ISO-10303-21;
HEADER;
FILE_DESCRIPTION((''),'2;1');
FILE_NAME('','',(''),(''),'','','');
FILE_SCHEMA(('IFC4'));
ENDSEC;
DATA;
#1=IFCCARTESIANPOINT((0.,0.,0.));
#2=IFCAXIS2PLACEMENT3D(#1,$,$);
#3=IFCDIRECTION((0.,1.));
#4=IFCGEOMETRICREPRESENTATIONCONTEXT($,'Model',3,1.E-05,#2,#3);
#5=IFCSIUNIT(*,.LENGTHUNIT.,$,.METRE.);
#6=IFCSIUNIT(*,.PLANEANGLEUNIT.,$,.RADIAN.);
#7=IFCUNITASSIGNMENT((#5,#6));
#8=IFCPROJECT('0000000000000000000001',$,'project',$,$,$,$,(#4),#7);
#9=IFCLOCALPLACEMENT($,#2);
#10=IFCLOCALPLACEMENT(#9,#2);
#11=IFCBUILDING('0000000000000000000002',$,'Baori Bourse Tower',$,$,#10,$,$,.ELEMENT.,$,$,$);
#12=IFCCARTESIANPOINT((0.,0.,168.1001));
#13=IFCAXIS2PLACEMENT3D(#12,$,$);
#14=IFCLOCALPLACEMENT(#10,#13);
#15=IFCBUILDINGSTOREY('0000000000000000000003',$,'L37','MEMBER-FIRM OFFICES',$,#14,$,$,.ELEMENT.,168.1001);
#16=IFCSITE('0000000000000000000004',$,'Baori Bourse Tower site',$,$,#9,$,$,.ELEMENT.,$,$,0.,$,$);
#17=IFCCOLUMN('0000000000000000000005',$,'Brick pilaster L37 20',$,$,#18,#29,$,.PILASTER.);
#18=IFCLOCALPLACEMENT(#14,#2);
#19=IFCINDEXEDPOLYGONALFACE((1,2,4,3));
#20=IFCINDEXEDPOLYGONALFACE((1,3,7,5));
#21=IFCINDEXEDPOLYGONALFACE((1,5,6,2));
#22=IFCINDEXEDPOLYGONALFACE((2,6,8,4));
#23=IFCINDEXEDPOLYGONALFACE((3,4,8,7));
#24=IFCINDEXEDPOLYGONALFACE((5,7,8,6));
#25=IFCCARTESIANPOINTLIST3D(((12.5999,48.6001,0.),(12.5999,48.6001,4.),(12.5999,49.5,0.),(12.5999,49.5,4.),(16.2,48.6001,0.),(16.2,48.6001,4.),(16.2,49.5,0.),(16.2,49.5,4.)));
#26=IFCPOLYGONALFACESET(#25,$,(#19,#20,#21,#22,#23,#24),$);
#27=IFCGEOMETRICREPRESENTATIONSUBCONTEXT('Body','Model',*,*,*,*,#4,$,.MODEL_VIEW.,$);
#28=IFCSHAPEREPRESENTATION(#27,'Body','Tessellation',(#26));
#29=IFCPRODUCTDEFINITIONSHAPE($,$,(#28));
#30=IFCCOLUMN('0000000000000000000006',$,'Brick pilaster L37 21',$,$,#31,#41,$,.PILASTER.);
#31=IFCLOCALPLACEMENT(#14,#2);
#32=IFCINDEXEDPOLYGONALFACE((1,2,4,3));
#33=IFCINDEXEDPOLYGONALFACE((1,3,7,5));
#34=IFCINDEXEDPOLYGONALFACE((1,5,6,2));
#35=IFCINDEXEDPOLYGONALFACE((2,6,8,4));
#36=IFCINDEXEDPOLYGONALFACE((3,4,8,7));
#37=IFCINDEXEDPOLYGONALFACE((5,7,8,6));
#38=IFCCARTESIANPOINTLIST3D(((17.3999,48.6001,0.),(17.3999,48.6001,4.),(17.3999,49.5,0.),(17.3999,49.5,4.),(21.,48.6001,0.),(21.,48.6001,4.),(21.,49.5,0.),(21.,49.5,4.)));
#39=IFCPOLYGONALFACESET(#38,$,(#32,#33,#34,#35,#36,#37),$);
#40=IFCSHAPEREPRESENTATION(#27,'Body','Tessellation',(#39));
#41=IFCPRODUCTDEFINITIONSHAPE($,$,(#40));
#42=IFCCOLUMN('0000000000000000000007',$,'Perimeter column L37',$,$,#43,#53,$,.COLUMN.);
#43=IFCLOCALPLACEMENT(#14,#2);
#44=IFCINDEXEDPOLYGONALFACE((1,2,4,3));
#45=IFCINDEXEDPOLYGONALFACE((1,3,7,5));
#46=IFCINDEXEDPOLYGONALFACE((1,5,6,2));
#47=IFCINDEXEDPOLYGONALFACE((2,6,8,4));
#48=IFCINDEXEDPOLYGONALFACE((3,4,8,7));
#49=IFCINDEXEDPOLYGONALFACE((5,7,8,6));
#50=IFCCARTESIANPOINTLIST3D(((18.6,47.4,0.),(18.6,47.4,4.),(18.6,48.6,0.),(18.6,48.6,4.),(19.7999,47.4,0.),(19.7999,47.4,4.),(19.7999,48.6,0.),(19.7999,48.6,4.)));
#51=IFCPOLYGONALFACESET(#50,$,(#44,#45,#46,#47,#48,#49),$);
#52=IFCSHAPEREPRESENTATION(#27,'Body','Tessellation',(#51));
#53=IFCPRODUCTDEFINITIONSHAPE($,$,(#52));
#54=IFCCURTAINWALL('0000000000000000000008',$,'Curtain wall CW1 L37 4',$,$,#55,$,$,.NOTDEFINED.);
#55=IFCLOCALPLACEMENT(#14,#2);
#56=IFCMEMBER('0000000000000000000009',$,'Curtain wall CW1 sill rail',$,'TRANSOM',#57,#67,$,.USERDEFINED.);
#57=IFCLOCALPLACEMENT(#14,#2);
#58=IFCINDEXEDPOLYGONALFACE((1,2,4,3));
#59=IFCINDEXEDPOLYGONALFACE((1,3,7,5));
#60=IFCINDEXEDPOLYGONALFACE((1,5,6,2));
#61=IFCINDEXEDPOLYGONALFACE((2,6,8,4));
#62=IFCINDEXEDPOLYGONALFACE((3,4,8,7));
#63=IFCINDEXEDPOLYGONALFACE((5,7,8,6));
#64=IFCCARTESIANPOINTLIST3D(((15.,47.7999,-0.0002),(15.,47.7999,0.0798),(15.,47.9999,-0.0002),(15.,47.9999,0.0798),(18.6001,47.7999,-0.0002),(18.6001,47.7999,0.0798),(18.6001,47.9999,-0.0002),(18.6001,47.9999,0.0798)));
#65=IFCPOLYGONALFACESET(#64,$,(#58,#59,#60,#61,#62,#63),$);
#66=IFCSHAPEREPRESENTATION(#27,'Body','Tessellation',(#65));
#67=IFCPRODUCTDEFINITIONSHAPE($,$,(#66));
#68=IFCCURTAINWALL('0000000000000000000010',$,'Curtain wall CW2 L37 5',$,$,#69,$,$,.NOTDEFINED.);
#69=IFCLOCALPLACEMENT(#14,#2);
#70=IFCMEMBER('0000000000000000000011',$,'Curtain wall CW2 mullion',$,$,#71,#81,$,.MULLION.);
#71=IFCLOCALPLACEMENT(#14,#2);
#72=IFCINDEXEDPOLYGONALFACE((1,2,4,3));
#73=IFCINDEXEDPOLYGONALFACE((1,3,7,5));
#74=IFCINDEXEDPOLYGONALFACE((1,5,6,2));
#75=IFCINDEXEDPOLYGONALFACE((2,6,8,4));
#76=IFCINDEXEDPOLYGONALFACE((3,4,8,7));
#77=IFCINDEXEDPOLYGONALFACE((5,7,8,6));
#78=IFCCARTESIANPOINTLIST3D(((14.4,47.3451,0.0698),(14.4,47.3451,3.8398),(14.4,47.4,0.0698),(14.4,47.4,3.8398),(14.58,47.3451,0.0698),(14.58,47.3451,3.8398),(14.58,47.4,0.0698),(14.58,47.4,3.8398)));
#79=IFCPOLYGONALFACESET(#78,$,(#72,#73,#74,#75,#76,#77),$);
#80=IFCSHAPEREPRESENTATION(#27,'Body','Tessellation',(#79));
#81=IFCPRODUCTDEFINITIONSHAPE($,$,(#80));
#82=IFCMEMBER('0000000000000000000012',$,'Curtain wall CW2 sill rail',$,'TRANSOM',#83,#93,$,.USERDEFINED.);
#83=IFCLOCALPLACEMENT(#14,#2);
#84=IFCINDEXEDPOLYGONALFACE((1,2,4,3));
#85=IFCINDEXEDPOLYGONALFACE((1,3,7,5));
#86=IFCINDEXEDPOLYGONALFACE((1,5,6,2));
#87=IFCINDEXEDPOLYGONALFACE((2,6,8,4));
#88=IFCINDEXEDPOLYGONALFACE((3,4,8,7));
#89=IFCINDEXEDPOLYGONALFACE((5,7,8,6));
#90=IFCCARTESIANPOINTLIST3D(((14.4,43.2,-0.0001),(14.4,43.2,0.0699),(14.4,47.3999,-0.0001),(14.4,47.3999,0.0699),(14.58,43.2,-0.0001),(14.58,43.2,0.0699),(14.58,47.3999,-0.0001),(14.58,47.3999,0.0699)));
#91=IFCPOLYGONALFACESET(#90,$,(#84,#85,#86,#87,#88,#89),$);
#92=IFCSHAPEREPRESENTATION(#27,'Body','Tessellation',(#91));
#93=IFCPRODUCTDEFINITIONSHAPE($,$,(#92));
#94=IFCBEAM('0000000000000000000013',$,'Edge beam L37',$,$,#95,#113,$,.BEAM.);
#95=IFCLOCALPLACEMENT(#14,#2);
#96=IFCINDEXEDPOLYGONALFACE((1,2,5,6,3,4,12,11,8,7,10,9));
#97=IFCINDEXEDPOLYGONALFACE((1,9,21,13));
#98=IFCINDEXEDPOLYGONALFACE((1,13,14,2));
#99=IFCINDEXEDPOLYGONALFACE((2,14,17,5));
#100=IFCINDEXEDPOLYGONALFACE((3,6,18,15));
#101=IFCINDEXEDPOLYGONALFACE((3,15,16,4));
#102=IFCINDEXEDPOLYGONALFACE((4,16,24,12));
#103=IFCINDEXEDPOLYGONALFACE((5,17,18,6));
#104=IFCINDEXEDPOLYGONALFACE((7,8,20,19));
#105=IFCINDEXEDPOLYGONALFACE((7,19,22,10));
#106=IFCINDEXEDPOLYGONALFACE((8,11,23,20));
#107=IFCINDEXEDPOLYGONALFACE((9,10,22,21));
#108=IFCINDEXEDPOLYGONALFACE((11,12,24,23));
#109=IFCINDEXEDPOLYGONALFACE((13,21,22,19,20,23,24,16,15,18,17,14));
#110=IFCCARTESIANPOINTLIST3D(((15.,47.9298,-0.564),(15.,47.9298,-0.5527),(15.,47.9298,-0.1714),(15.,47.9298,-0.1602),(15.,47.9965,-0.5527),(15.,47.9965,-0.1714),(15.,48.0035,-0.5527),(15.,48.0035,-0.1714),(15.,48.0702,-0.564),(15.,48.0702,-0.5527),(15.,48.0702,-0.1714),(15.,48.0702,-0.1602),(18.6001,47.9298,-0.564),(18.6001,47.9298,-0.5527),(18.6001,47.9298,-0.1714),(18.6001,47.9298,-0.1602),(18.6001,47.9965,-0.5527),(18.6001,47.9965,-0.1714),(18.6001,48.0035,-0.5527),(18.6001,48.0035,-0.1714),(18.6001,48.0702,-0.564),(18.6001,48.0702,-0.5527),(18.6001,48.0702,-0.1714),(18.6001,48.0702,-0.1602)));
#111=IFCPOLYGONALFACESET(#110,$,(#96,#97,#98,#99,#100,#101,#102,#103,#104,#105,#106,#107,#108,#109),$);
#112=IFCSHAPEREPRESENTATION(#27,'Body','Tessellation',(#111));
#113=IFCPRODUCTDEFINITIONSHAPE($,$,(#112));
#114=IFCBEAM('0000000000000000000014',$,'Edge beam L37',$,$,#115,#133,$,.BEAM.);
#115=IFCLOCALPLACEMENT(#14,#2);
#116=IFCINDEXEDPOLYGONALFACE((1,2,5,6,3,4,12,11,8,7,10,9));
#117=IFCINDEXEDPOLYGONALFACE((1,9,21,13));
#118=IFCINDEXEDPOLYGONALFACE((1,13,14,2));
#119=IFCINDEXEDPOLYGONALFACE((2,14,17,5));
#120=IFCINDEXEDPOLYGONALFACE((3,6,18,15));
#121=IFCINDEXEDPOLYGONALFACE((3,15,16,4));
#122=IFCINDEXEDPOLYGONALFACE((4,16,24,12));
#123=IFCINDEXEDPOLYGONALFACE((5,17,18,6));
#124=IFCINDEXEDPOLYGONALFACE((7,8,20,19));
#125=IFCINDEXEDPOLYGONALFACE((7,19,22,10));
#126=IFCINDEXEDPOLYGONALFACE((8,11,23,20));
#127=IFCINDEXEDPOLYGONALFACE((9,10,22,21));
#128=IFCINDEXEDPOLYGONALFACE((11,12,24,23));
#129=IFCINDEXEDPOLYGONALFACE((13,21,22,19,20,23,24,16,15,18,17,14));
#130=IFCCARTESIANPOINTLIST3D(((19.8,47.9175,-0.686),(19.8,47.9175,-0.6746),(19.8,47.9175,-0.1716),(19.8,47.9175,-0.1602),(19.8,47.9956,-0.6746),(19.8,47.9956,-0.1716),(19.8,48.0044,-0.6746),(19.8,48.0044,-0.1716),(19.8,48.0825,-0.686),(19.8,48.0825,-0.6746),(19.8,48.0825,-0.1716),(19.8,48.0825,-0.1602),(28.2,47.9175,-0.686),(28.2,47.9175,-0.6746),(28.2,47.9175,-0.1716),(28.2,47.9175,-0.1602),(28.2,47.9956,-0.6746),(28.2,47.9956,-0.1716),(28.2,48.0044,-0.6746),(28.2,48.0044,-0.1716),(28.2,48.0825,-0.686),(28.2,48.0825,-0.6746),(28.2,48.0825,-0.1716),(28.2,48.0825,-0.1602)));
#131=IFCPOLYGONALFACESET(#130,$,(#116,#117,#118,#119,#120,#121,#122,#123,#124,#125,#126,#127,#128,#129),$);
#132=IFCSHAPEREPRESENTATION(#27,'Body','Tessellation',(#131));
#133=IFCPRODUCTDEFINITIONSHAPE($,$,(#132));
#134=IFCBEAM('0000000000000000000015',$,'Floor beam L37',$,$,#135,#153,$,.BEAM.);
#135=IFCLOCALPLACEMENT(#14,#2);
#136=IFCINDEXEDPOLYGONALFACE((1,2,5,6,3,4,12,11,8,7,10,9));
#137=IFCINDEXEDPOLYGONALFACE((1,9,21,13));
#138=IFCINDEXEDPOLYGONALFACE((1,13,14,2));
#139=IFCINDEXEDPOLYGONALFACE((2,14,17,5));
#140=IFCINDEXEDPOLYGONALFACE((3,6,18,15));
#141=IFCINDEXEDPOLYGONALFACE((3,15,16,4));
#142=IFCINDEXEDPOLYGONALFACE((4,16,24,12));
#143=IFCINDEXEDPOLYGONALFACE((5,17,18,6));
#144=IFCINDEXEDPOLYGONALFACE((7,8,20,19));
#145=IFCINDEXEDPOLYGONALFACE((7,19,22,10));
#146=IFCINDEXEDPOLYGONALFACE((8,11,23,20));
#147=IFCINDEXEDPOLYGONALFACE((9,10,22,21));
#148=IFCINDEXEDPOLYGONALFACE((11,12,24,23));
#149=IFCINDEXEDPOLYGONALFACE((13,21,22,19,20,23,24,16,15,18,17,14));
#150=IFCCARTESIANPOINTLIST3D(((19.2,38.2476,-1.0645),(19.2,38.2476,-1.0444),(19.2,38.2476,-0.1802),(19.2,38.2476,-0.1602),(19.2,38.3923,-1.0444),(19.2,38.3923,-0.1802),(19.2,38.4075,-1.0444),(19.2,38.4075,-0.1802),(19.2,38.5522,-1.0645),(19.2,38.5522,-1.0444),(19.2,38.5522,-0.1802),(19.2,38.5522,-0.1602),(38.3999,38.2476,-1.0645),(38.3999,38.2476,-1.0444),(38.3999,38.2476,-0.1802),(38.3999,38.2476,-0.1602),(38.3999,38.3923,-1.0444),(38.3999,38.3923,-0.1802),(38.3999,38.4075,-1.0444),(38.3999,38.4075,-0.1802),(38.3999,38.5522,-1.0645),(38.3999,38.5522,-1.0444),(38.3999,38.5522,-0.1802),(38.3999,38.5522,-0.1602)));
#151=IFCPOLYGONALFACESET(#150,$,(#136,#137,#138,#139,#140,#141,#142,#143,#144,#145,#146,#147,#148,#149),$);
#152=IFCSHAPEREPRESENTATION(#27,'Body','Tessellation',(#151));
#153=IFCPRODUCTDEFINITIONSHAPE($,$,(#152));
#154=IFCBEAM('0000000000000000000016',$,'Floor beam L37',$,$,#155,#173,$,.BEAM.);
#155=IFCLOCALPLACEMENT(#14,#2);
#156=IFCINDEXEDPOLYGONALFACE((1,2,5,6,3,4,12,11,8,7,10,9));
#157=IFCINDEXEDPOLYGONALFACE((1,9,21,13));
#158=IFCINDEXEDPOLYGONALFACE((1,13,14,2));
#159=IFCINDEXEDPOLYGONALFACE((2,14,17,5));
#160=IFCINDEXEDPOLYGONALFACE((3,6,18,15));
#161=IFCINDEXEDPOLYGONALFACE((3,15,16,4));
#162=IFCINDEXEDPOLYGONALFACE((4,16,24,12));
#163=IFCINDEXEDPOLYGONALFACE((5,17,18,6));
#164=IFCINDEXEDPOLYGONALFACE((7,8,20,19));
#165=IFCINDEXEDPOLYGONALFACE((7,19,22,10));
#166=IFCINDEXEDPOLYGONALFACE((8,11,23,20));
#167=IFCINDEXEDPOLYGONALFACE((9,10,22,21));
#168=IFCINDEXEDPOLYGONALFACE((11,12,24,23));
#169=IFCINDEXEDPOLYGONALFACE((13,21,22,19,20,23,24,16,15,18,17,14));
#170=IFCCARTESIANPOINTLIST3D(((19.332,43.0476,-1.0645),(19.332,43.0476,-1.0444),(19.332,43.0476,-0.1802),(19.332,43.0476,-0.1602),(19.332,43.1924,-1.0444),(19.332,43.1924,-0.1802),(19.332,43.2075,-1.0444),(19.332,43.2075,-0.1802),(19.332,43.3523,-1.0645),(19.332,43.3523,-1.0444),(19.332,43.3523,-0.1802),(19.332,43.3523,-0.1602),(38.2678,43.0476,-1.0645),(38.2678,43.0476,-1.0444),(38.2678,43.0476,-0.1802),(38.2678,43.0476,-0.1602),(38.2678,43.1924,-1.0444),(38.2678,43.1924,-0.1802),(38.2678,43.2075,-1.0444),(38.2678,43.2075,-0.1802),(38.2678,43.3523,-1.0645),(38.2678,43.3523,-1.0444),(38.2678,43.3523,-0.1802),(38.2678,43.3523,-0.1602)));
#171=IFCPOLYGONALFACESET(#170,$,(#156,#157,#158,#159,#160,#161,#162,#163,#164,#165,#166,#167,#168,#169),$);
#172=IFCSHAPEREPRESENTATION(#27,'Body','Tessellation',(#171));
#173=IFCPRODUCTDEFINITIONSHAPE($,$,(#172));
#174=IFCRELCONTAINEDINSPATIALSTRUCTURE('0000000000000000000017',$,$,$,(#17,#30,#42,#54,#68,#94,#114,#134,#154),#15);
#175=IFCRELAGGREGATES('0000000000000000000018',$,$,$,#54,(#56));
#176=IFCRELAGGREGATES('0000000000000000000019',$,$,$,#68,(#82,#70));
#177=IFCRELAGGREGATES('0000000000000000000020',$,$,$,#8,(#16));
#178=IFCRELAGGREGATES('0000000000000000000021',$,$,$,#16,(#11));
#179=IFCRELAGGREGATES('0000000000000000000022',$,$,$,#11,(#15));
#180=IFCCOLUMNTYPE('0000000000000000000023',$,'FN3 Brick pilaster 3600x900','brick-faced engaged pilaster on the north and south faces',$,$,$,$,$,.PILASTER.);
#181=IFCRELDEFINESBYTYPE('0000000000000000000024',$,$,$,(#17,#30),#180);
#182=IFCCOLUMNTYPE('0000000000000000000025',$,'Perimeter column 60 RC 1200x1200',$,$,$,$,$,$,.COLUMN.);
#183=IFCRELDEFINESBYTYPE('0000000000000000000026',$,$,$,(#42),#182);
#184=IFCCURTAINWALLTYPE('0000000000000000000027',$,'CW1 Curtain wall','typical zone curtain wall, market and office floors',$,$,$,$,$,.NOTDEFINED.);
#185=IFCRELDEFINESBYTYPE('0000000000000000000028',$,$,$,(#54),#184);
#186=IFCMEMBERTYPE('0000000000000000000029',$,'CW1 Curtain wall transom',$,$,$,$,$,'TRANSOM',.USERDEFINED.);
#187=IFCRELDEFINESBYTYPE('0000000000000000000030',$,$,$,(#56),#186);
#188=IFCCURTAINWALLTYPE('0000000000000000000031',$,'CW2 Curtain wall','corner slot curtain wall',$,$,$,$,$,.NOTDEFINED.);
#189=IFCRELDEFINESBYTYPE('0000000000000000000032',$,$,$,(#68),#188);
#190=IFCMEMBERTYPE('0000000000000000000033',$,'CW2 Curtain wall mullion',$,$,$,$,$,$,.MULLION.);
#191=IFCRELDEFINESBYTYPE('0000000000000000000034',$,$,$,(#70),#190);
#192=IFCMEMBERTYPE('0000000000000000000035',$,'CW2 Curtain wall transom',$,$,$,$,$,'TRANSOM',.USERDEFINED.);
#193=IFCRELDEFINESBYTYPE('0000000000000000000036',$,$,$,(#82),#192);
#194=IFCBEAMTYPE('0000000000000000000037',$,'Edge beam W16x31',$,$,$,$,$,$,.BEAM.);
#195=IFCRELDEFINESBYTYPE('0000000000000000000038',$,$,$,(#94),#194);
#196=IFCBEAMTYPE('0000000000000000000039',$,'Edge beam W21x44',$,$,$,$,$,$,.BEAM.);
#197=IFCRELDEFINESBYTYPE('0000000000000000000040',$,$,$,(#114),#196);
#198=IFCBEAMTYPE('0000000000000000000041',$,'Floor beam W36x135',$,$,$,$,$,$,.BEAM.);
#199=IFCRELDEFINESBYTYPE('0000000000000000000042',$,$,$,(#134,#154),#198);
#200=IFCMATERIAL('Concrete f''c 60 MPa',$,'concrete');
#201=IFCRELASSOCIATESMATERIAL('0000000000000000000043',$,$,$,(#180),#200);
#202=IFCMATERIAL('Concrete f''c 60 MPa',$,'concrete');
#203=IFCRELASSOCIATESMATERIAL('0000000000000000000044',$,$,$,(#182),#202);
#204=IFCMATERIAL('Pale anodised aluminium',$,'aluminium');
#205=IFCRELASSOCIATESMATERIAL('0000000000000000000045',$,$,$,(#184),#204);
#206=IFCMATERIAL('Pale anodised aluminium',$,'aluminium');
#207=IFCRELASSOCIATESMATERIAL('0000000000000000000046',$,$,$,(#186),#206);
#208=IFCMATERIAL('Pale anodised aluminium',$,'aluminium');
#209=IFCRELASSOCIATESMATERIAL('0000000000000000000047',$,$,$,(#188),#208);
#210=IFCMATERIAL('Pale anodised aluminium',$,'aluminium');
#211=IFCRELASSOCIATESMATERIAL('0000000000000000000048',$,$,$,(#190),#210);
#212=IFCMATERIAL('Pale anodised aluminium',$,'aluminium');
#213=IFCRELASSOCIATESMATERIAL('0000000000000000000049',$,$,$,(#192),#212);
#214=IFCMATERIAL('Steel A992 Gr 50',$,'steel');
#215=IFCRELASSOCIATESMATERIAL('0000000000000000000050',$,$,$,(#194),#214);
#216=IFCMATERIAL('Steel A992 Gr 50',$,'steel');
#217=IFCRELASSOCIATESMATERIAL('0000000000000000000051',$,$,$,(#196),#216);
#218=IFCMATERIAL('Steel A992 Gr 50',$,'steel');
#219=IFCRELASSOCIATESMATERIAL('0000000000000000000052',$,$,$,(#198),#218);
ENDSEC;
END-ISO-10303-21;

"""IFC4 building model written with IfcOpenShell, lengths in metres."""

from ifc_helpers import new_model, si_unit, direction, frame, origin, origin_2d, place, context, subcontext, project, spatial, rectangle, i_section, extrude, material, material_profile, profile_set, type_object, element, aggregate, save


model = new_model("IFC4")

# Units and contexts
model_context = context("Model", 3, precision=1e-05, world=origin(), true_north=direction((0.0, 1.0)))
body_context = subcontext(model_context, "Body", "Model", "MODEL_VIEW")
ifc_project = project(units=[si_unit("LENGTHUNIT", "METRE"), si_unit("PLANEANGLEUNIT", "RADIAN")], contexts=[model_context])

# Site, building, storey
site_placement = place(None, origin())
site = spatial("IfcSite", under=ifc_project, at=site_placement, Name="Baori Bourse Tower site", CompositionType="ELEMENT", RefElevation=0.0)
building_placement = place(site_placement, origin())
building = spatial("IfcBuilding", under=site, at=building_placement, Name="Baori Bourse Tower", CompositionType="ELEMENT")
storey_placement = place(building_placement, frame((0.0, 0.0, 168.1001)))
storey = spatial("IfcBuildingStorey", under=building, at=storey_placement, Name="L37", Description="MEMBER-FIRM OFFICES", CompositionType="ELEMENT", Elevation=168.1001)

# Columns
ifc_material_1 = material(Name="Concrete f'c 60 MPa", Category="concrete")
ifc_material_profile_1 = material_profile(ifc_material_1, rectangle(XDim=3.6001, YDim=0.8999, at=origin_2d()), Name="RC 3600x900")
ifc_profile_set_1 = profile_set([ifc_material_profile_1], Name="Concrete f'c 60 MPa")
column_type_1 = type_object("IfcColumnType", Name="FN3 Brick pilaster 3600x900", Description="brick-faced engaged pilaster on the north and south faces", PredefinedType="PILASTER", material=ifc_profile_set_1)
for number, where, z_axis, x_axis, name in (
    (1, (14.3999, 49.05, 0.0), (0.0, 0.0, 1.0), (1.0, 0.0, 0.0), "Brick pilaster L37 20"),
    (2, (19.2, 49.05, 0.0), (0.0, 0.0, 1.0), (1.0, 0.0, 0.0), "Brick pilaster L37 21"),
):
    element("IfcColumn", number, at=place(storey_placement, frame(where, z_axis=z_axis, x_axis=x_axis)), inside=storey, type_object=column_type_1, Name=name, PredefinedType="PILASTER", context=body_context, shape_type="SweptSolid", body=[
        extrude(rectangle(XDim=3.6001, YDim=0.8999, at=origin_2d()), origin(), (0.0, 0.0, 1.0), 4.0),
    ])
ifc_material_2 = material(Name="Concrete f'c 60 MPa", Category="concrete")
ifc_material_profile_2 = material_profile(ifc_material_2, rectangle(XDim=1.2, YDim=1.2, at=origin_2d()), Name="RC 1200x1200")
ifc_profile_set_2 = profile_set([ifc_material_profile_2], Name="Concrete f'c 60 MPa")
column_type_2 = type_object("IfcColumnType", Name="Perimeter column 60 RC 1200x1200", PredefinedType="COLUMN", material=ifc_profile_set_2)
column_placement = place(storey_placement, frame((19.2, 48.0, 0.0), z_axis=(0.0, 0.0, 1.0), x_axis=(1.0, 0.0, 0.0)))
element("IfcColumn", 3, at=column_placement, inside=storey, type_object=column_type_2, Name="Perimeter column L37", PredefinedType="COLUMN", context=body_context, shape_type="SweptSolid", body=[
    extrude(rectangle(XDim=1.2, YDim=1.2, at=origin_2d()), origin(), (0.0, 0.0, 1.0), 4.0),
])

# Curtain wall, member
ifc_material_3 = material(Name="Pale anodised aluminium", Category="aluminium")
curtain_wall_type_1 = type_object("IfcCurtainWallType", Name="CW1 Curtain wall", Description="typical zone curtain wall, market and office floors", PredefinedType="NOTDEFINED", material=ifc_material_3)
curtain_wall_1_placement = place(storey_placement, origin())
curtain_wall_1 = element("IfcCurtainWall", 4, at=curtain_wall_1_placement, inside=storey, type_object=curtain_wall_type_1, Name="Curtain wall CW1 L37 4", PredefinedType="NOTDEFINED")
ifc_material_4 = material(Name="Pale anodised aluminium", Category="aluminium")
ifc_material_profile_3 = material_profile(ifc_material_4, rectangle(XDim=0.2, YDim=0.0801, at=origin_2d()), Name="Transom 80x200")
ifc_profile_set_3 = profile_set([ifc_material_profile_3], Name="Pale anodised aluminium")
member_type_1 = type_object("IfcMemberType", Name="CW1 Curtain wall transom", ElementType="TRANSOM", PredefinedType="USERDEFINED", material=ifc_profile_set_3)
member_1_placement = place(storey_placement, frame((18.6001, 47.8999, 0.0398), z_axis=(-1.0, 0.0, 0.0), x_axis=(0.0, -1.0, 0.0)))
member_1 = element("IfcMember", 5, at=member_1_placement, type_object=member_type_1, Name="Curtain wall CW1 sill rail", ObjectType="TRANSOM", PredefinedType="USERDEFINED", context=body_context, shape_type="SweptSolid", body=[
    extrude(rectangle(XDim=0.2, YDim=0.0801, at=origin_2d()), origin(), (0.0, 0.0, 1.0), 3.6001),
])

# Curtain wall, members
ifc_material_5 = material(Name="Pale anodised aluminium", Category="aluminium")
curtain_wall_type_2 = type_object("IfcCurtainWallType", Name="CW2 Curtain wall", Description="corner slot curtain wall", PredefinedType="NOTDEFINED", material=ifc_material_5)
curtain_wall_2_placement = place(storey_placement, origin())
curtain_wall_2 = element("IfcCurtainWall", 6, at=curtain_wall_2_placement, inside=storey, type_object=curtain_wall_type_2, Name="Curtain wall CW2 L37 5", PredefinedType="NOTDEFINED")
ifc_material_6 = material(Name="Pale anodised aluminium", Category="aluminium")
ifc_material_profile_4 = material_profile(ifc_material_6, rectangle(XDim=0.1799, YDim=0.0549, at=origin_2d()), Name="Mullion 55x180")
ifc_profile_set_4 = profile_set([ifc_material_profile_4], Name="Pale anodised aluminium")
member_type_2 = type_object("IfcMemberType", Name="CW2 Curtain wall mullion", PredefinedType="MULLION", material=ifc_profile_set_4)
member_2_placement = place(storey_placement, frame((14.49, 47.3726, 0.0698), z_axis=(0.0, 0.0, 1.0), x_axis=(1.0, 0.0, 0.0)))
member_2 = element("IfcMember", 7, at=member_2_placement, type_object=member_type_2, Name="Curtain wall CW2 mullion", PredefinedType="MULLION", context=body_context, shape_type="SweptSolid", body=[
    extrude(rectangle(XDim=0.1799, YDim=0.0549, at=origin_2d()), origin(), (0.0, 0.0, 1.0), 3.77),
])
ifc_material_7 = material(Name="Pale anodised aluminium", Category="aluminium")
ifc_material_profile_5 = material_profile(ifc_material_7, rectangle(XDim=0.1799, YDim=0.0701, at=origin_2d()), Name="Transom 70x180")
ifc_profile_set_5 = profile_set([ifc_material_profile_5], Name="Pale anodised aluminium")
member_type_3 = type_object("IfcMemberType", Name="CW2 Curtain wall transom", ElementType="TRANSOM", PredefinedType="USERDEFINED", material=ifc_profile_set_5)
member_3_placement = place(storey_placement, frame((14.49, 47.3999, 0.0349), z_axis=(0.0, -1.0, 0.0), x_axis=(1.0, 0.0, 0.0)))
member_3 = element("IfcMember", 8, at=member_3_placement, type_object=member_type_3, Name="Curtain wall CW2 sill rail", ObjectType="TRANSOM", PredefinedType="USERDEFINED", context=body_context, shape_type="SweptSolid", body=[
    extrude(rectangle(XDim=0.1799, YDim=0.0701, at=origin_2d()), origin(), (0.0, 0.0, 1.0), 4.2),
])

# Beams
ifc_material_8 = material(Name="Steel A992 Gr 50", Category="steel")
ifc_material_profile_6 = material_profile(ifc_material_8, i_section(OverallWidth=0.1404, OverallDepth=0.4038, WebThickness=0.0071, FlangeThickness=0.0112, at=origin_2d()), Name="W16x31")
ifc_profile_set_6 = profile_set([ifc_material_profile_6], Name="Steel A992 Gr 50")
beam_type_1 = type_object("IfcBeamType", Name="Edge beam W16x31", PredefinedType="BEAM", material=ifc_profile_set_6)
beam_1_placement = place(storey_placement, frame((15.0, 48.0, -0.3621), z_axis=(1.0, 0.0, 0.0), x_axis=(0.0, 1.0, 0.0)))
element("IfcBeam", 9, at=beam_1_placement, inside=storey, type_object=beam_type_1, Name="Edge beam L37", PredefinedType="BEAM", context=body_context, shape_type="SweptSolid", body=[
    extrude(i_section(OverallWidth=0.1404, OverallDepth=0.4038, WebThickness=0.0071, FlangeThickness=0.0112, at=origin_2d()), origin(), (0.0, 0.0, 1.0), 3.6001),
])
ifc_material_9 = material(Name="Steel A992 Gr 50", Category="steel")
ifc_material_profile_7 = material_profile(ifc_material_9, i_section(OverallWidth=0.165, OverallDepth=0.5259, WebThickness=0.0088, FlangeThickness=0.0115, at=origin_2d()), Name="W21x44")
ifc_profile_set_7 = profile_set([ifc_material_profile_7], Name="Steel A992 Gr 50")
beam_type_2 = type_object("IfcBeamType", Name="Edge beam W21x44", PredefinedType="BEAM", material=ifc_profile_set_7)
beam_2_placement = place(storey_placement, frame((19.8, 48.0, -0.4231), z_axis=(1.0, 0.0, 0.0), x_axis=(0.0, 1.0, 0.0)))
element("IfcBeam", 10, at=beam_2_placement, inside=storey, type_object=beam_type_2, Name="Edge beam L37", PredefinedType="BEAM", context=body_context, shape_type="SweptSolid", body=[
    extrude(i_section(OverallWidth=0.165, OverallDepth=0.5259, WebThickness=0.0088, FlangeThickness=0.0115, at=origin_2d()), origin(), (0.0, 0.0, 1.0), 8.3999),
])
ifc_material_10 = material(Name="Steel A992 Gr 50", Category="steel")
ifc_material_profile_8 = material_profile(ifc_material_10, i_section(OverallWidth=0.3047, OverallDepth=0.9043, WebThickness=0.0151, FlangeThickness=0.02, at=origin_2d()), Name="W36x135")
ifc_profile_set_8 = profile_set([ifc_material_profile_8], Name="Steel A992 Gr 50")
beam_type_3 = type_object("IfcBeamType", Name="Floor beam W36x135", PredefinedType="BEAM", material=ifc_profile_set_8)
beam_3_placement = place(storey_placement, frame((19.2, 38.3999, -0.6123), z_axis=(1.0, 0.0, 0.0), x_axis=(0.0, 1.0, 0.0)))
element("IfcBeam", 11, at=beam_3_placement, inside=storey, type_object=beam_type_3, Name="Floor beam L37", PredefinedType="BEAM", context=body_context, shape_type="SweptSolid", body=[
    extrude(i_section(OverallWidth=0.3047, OverallDepth=0.9043, WebThickness=0.0151, FlangeThickness=0.02, at=origin_2d()), origin(), (0.0, 0.0, 1.0), 19.2),
])
beam_4_placement = place(storey_placement, frame((19.332, 43.2, -0.6123), z_axis=(1.0, 0.0, 0.0), x_axis=(0.0, 1.0, 0.0)))
element("IfcBeam", 12, at=beam_4_placement, inside=storey, type_object=beam_type_3, Name="Floor beam L37", PredefinedType="BEAM", context=body_context, shape_type="SweptSolid", body=[
    extrude(i_section(OverallWidth=0.3047, OverallDepth=0.9043, WebThickness=0.0151, FlangeThickness=0.02, at=origin_2d()), origin(), (0.0, 0.0, 1.0), 18.9358),
])

aggregate(curtain_wall_1, [member_1])
aggregate(curtain_wall_2, [member_3, member_2])

save(model, "model.ifc")
